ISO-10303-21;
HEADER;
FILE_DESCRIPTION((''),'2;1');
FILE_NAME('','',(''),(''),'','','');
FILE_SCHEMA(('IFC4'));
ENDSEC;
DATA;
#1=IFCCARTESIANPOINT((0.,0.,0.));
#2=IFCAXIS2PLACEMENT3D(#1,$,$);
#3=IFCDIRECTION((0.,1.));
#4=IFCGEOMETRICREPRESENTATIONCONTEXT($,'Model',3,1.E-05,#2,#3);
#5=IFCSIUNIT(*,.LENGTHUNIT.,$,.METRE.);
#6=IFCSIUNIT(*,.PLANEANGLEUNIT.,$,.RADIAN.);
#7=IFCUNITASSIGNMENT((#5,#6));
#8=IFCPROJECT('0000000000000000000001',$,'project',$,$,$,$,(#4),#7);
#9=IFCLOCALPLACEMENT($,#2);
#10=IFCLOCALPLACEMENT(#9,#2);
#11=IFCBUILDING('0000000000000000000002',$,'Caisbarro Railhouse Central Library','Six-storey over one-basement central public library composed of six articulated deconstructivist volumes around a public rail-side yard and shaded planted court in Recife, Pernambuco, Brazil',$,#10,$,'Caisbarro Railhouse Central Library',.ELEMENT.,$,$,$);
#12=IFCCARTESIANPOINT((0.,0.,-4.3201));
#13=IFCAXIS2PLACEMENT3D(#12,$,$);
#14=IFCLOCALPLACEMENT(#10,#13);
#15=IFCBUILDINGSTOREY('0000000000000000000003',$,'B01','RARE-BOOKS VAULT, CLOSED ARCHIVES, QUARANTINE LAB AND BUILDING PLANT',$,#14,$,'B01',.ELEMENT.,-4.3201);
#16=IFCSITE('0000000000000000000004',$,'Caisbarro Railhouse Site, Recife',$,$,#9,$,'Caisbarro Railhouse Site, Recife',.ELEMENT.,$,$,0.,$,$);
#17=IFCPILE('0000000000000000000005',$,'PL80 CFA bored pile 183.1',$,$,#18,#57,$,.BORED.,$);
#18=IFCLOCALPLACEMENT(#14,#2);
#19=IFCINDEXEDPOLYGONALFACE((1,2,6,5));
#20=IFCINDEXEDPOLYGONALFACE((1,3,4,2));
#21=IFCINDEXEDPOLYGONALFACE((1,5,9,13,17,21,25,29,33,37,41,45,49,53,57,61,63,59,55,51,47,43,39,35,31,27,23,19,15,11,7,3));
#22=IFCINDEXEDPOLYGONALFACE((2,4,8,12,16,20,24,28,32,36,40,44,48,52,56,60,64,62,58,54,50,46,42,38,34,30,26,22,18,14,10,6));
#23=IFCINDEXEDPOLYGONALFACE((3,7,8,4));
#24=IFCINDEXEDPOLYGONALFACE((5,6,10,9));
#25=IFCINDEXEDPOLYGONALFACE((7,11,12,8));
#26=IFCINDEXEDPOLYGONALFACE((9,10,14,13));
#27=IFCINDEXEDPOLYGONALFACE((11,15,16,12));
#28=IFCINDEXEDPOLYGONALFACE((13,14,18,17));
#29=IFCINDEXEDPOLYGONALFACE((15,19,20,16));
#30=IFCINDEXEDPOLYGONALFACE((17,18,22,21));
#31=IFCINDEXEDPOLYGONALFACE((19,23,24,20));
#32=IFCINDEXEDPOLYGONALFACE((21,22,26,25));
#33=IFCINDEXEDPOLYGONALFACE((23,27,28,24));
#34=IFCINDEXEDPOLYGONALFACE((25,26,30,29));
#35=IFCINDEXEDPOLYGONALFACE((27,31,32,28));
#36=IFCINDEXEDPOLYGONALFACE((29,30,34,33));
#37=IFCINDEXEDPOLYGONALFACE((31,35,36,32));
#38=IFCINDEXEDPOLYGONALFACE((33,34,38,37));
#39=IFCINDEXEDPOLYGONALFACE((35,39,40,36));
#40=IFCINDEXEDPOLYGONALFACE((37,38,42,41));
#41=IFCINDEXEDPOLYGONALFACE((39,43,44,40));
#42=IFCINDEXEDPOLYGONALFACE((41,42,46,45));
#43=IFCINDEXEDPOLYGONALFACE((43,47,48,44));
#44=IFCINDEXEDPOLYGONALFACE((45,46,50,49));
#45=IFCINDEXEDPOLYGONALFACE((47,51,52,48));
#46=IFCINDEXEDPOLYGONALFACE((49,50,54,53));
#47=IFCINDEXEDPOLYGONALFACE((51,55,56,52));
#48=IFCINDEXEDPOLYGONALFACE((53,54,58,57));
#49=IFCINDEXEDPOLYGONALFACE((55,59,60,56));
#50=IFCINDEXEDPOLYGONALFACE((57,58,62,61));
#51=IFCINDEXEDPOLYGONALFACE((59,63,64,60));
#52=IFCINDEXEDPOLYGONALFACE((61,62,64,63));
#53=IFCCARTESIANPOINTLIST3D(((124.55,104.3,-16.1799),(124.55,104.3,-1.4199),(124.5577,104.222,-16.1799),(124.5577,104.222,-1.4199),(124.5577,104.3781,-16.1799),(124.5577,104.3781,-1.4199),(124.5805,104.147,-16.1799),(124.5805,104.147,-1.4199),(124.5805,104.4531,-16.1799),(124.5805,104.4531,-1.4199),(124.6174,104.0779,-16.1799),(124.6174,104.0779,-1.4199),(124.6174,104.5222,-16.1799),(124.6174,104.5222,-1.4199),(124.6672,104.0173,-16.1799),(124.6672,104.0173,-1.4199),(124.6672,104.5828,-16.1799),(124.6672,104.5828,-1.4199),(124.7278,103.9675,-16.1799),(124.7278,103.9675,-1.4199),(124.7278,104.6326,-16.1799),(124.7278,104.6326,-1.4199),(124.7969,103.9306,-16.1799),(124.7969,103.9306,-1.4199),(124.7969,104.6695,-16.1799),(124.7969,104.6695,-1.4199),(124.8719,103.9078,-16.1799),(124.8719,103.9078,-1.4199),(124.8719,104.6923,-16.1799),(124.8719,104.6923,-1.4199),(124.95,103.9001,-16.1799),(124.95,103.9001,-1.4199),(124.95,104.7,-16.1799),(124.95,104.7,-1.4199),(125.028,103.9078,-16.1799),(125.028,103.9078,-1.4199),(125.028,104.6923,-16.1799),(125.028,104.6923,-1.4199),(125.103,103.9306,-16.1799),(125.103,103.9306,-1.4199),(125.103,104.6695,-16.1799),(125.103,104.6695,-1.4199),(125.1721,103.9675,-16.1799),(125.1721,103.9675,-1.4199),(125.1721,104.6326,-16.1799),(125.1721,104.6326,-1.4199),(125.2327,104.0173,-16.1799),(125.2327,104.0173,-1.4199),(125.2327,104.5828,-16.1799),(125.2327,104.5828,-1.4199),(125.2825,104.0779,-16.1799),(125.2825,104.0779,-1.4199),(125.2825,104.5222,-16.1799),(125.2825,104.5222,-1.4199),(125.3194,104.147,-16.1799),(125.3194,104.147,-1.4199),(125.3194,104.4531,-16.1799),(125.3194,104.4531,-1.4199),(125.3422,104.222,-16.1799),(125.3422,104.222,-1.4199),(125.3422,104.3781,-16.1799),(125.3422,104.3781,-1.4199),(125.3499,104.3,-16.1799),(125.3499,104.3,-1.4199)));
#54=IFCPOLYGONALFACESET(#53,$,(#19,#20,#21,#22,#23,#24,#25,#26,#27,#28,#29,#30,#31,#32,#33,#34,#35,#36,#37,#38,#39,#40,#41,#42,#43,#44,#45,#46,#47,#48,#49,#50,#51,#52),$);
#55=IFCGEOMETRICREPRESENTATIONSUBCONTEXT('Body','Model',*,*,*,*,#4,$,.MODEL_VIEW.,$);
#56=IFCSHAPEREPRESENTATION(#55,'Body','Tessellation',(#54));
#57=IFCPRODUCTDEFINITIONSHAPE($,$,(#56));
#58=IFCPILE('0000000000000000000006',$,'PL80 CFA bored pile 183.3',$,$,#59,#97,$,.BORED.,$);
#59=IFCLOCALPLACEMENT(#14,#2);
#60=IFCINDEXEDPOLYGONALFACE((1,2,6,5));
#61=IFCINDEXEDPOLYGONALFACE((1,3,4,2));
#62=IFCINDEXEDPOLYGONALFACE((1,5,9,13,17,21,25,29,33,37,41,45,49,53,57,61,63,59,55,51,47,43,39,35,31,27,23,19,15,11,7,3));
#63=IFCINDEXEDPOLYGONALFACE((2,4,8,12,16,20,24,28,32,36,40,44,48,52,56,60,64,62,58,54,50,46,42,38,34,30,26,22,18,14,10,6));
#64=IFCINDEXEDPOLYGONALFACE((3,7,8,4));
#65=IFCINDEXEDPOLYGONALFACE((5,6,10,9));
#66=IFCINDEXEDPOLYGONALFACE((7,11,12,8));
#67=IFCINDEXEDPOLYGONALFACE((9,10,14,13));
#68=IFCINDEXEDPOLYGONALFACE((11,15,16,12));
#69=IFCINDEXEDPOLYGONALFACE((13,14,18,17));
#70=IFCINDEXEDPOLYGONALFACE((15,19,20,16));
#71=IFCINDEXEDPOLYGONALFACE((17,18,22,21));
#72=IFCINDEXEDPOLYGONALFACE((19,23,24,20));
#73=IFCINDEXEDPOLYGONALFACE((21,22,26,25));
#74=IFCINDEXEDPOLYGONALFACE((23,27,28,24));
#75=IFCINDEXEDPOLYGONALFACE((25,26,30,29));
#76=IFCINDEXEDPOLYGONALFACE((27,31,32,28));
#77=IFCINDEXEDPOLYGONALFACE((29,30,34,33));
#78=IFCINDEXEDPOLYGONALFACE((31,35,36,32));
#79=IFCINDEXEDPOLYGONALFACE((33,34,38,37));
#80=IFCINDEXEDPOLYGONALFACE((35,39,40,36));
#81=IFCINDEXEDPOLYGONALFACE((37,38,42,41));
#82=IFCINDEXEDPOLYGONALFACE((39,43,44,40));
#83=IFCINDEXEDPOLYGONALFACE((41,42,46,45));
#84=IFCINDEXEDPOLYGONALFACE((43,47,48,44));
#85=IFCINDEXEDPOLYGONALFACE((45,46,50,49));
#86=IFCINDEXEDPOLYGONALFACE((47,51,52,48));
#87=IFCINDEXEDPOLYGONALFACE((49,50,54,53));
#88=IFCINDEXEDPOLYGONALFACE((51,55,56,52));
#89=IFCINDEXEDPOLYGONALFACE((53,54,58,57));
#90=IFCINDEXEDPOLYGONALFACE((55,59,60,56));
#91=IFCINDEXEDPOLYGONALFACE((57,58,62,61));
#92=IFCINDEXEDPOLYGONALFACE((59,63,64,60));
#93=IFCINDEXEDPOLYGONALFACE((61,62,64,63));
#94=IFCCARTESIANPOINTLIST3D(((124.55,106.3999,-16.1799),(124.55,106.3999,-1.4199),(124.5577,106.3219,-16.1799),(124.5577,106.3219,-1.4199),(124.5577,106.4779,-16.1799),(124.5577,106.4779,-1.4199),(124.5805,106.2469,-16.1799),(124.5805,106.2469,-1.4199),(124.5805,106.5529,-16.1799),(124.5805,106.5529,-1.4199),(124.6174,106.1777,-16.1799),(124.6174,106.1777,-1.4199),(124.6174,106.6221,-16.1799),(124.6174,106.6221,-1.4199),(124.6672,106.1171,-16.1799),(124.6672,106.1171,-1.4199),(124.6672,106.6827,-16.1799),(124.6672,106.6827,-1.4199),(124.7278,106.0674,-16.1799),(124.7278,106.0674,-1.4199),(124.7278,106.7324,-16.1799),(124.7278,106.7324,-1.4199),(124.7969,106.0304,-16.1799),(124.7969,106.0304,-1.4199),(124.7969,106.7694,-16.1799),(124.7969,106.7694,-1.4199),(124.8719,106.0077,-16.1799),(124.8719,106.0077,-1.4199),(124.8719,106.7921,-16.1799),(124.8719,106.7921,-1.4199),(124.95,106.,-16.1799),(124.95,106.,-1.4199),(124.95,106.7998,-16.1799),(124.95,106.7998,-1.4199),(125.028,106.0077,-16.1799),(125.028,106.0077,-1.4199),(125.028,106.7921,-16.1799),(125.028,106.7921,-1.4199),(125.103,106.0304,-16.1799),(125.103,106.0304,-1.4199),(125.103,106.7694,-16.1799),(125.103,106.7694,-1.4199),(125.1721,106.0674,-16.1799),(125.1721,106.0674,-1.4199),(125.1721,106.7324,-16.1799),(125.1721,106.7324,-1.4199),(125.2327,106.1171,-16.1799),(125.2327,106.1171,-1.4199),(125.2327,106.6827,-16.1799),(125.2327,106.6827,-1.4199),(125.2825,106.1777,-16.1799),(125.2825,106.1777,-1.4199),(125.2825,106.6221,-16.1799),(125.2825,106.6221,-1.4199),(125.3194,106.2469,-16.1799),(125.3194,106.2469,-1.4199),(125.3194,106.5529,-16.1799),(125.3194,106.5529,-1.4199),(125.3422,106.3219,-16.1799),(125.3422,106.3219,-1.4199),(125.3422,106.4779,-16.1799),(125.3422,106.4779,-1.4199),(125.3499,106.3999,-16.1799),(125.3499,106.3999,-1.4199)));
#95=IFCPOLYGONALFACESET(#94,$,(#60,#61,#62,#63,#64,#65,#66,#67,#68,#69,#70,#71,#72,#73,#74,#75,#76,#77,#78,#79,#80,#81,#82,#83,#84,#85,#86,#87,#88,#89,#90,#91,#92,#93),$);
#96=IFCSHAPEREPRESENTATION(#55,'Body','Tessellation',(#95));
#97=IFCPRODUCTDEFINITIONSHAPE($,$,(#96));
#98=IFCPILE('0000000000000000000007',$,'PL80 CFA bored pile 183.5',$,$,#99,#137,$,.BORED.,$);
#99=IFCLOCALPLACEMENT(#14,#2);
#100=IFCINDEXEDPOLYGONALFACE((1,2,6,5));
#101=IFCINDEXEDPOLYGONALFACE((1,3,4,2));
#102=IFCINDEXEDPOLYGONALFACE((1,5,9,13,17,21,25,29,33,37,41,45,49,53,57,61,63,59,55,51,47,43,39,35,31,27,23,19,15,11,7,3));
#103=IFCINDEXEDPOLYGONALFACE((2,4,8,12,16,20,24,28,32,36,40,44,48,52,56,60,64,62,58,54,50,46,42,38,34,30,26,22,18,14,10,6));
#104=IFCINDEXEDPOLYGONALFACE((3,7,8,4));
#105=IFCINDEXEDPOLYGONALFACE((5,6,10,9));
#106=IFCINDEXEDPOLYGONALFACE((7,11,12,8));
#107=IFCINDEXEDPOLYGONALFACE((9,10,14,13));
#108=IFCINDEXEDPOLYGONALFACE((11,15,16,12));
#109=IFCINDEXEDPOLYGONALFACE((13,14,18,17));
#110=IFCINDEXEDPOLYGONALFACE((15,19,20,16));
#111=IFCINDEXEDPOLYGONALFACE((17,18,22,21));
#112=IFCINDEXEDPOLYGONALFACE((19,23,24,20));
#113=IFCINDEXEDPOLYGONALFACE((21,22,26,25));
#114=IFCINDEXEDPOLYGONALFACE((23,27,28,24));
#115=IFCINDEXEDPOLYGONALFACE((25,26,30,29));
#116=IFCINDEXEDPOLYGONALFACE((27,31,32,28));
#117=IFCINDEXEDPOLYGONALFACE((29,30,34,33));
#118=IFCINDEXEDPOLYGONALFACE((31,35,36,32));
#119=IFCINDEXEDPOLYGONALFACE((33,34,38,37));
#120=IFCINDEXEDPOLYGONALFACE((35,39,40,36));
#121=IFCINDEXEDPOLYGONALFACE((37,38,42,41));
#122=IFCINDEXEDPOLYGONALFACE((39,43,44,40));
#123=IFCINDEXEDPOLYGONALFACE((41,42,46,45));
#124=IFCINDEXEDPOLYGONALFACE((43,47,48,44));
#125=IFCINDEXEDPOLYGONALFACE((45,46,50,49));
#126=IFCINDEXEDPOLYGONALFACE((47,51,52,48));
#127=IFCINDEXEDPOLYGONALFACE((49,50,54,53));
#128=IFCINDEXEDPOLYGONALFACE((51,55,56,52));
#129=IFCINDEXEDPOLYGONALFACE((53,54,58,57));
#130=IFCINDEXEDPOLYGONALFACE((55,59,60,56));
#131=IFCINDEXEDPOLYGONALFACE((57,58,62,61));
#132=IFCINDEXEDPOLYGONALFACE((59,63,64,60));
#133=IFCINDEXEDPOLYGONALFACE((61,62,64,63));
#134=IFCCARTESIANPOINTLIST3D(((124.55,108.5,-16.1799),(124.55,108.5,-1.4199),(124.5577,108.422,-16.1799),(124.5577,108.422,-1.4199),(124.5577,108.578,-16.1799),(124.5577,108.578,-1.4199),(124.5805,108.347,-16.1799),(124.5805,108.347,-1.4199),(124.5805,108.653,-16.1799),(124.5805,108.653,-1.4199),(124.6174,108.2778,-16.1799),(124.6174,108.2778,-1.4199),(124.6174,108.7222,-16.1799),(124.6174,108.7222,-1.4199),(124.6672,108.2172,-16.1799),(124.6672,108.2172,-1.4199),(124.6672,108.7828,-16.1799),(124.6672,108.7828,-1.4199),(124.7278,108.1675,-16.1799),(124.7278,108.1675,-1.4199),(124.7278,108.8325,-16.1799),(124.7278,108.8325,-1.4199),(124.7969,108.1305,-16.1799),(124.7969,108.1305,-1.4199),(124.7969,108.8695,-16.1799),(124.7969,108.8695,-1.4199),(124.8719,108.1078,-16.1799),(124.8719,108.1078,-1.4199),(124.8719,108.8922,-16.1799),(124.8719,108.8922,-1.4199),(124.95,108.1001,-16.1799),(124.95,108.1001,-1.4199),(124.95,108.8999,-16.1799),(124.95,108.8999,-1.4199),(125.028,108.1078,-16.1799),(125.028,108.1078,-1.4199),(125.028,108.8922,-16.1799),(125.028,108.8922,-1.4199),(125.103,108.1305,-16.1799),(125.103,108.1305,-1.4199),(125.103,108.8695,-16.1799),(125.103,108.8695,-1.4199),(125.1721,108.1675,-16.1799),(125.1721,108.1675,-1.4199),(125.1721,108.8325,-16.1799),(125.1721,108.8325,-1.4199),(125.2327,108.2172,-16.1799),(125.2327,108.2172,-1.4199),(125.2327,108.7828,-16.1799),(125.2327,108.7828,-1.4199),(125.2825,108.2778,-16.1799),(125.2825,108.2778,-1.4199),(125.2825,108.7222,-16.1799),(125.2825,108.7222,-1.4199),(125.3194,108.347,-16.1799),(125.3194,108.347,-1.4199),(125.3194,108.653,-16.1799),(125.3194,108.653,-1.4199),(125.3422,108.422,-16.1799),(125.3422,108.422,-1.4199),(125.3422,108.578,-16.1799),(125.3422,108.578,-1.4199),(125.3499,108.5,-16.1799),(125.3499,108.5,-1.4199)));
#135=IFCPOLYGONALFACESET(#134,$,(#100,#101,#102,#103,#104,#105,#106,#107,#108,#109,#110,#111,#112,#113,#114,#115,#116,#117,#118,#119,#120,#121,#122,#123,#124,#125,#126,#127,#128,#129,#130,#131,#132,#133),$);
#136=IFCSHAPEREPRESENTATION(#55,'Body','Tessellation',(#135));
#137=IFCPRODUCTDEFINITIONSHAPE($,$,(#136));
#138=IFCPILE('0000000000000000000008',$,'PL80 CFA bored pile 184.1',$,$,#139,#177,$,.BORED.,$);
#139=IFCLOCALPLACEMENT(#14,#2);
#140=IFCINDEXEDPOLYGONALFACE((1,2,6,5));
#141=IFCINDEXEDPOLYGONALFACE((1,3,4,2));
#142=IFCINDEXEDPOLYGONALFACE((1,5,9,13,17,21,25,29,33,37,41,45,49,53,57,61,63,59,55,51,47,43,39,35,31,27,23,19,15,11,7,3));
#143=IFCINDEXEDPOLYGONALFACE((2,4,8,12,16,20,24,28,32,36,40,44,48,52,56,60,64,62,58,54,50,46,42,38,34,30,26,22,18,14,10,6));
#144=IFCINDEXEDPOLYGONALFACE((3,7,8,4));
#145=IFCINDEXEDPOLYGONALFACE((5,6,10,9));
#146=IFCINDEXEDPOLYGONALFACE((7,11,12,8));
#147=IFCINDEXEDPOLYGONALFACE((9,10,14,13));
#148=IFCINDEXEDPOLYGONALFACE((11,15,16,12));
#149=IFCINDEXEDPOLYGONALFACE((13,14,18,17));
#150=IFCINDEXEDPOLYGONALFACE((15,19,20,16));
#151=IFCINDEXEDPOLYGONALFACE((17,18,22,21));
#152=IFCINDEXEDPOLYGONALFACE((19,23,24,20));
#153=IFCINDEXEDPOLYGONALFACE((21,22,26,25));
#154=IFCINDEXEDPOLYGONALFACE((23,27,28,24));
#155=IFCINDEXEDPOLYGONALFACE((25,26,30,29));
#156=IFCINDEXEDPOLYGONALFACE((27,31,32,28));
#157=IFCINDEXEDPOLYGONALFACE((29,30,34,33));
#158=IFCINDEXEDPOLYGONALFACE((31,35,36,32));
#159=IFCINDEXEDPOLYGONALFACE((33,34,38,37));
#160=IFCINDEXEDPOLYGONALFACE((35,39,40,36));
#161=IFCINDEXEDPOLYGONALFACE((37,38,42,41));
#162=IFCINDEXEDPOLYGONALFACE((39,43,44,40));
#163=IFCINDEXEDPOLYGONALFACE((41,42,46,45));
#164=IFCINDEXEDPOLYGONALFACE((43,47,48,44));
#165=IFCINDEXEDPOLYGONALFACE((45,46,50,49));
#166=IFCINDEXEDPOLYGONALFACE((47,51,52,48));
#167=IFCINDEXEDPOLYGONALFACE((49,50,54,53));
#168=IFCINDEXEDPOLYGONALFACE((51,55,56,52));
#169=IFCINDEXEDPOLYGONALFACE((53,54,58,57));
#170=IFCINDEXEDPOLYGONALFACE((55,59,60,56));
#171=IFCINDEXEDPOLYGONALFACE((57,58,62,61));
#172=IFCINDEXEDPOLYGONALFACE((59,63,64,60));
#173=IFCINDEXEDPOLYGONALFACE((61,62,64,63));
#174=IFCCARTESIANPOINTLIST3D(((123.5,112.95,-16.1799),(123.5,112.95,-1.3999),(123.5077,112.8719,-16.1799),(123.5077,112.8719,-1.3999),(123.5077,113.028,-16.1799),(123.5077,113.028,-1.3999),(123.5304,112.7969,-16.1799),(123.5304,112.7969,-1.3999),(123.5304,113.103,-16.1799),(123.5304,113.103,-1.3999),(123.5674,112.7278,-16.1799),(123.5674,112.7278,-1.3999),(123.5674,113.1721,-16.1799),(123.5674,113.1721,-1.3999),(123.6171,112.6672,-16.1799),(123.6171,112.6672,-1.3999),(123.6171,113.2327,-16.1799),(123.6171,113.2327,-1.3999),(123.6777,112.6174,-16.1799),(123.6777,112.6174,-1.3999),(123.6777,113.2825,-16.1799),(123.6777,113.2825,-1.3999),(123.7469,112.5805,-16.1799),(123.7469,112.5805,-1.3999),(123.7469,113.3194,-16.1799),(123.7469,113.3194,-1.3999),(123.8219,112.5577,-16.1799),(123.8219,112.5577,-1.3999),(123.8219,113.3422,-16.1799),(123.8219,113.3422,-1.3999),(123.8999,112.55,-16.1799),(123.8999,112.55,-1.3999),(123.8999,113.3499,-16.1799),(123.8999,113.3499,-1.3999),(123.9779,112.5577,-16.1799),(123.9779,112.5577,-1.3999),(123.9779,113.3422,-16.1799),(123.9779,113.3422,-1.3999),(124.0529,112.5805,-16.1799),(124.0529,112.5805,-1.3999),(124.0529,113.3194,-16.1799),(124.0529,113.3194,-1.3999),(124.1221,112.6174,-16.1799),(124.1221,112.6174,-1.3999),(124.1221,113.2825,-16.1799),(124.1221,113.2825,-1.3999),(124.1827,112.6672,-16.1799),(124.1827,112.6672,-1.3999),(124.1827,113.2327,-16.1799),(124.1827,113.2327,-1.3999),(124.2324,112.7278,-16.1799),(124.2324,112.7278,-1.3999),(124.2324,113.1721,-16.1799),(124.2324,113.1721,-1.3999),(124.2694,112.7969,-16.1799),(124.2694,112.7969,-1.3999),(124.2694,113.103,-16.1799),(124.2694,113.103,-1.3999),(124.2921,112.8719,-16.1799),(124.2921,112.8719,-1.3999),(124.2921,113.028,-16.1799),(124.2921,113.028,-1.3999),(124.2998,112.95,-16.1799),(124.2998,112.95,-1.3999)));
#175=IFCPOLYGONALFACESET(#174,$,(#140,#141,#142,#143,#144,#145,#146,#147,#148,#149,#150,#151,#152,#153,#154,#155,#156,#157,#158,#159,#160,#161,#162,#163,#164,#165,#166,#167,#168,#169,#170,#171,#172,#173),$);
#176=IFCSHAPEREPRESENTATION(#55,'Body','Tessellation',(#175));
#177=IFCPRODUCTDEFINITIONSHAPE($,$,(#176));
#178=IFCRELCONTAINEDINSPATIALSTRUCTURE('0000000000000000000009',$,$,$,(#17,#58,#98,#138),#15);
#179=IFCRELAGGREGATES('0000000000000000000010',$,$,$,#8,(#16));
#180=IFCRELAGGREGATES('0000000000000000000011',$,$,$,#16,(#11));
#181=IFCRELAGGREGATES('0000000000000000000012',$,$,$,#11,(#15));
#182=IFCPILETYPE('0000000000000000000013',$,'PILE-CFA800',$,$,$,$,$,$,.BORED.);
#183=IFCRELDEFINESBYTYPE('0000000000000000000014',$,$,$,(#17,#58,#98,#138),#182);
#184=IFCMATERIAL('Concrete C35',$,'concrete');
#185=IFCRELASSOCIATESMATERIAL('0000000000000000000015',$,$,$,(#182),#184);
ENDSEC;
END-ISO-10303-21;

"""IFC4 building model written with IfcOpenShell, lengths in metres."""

from ifc_helpers import new_model, si_unit, direction, frame, origin, origin_2d, place, context, subcontext, project, spatial, circle, extrude, material, material_profile, profile_set, type_object, element, save


model = new_model("IFC4")

# Units and contexts
model_context = context("Model", 3, precision=1e-05, world=origin(), true_north=direction((0.0, 1.0)))
body_context = subcontext(model_context, "Body", "Model", "MODEL_VIEW")
ifc_project = project(units=[si_unit("LENGTHUNIT", "METRE"), si_unit("PLANEANGLEUNIT", "RADIAN")], contexts=[model_context])

# Site, building, storey
site_placement = place(None, origin())
site = spatial("IfcSite", under=ifc_project, at=site_placement, Name="Caisbarro Railhouse Site, Recife", LongName="Caisbarro Railhouse Site, Recife", CompositionType="ELEMENT", RefElevation=0.0)
building_placement = place(site_placement, origin())
building = spatial("IfcBuilding", under=site, at=building_placement, Name="Caisbarro Railhouse Central Library", Description="Six-storey over one-basement central public library composed of six articulated deconstructivist volumes around a public rail-side yard and shaded planted court in Recife, Pernambuco, Brazil", LongName="Caisbarro Railhouse Central Library", CompositionType="ELEMENT")
storey_placement = place(building_placement, frame((0.0, 0.0, -4.3201)))
storey = spatial("IfcBuildingStorey", under=building, at=storey_placement, Name="B01", Description="RARE-BOOKS VAULT, CLOSED ARCHIVES, QUARANTINE LAB AND BUILDING PLANT", LongName="B01", CompositionType="ELEMENT", Elevation=-4.3201)

# Shared definitions
ifc_material_1 = material(Name="Concrete C35", Category="concrete")

# Piles
ifc_material_profile_1 = material_profile(ifc_material_1, circle(Radius=0.3999, at=origin_2d()), Name="PILE-CFA-800")
ifc_profile_set_1 = profile_set([ifc_material_profile_1], Name="Concrete C35")
pile_type_1 = type_object("IfcPileType", Name="PILE-CFA800", PredefinedType="BORED", material=ifc_profile_set_1)
for number, where, z_axis, x_axis, name in (
    (1, (124.95, 104.3, -1.4199), (0.0, 0.0, -1.0), (1.0, 0.0, 0.0), "PL80 CFA bored pile 183.1"),
    (2, (124.95, 106.3999, -1.4199), (0.0, 0.0, -1.0), (1.0, 0.0, 0.0), "PL80 CFA bored pile 183.3"),
    (3, (124.95, 108.5, -1.4199), (0.0, 0.0, -1.0), (1.0, 0.0, 0.0), "PL80 CFA bored pile 183.5"),
):
    element("IfcPile", number, at=place(storey_placement, frame(where, z_axis=z_axis, x_axis=x_axis)), inside=storey, type_object=pile_type_1, Name=name, PredefinedType="BORED", context=body_context, shape_type="SweptSolid", body=[
        extrude(circle(Radius=0.3999, at=origin_2d()), origin(), (0.0, 0.0, 1.0), 14.76),
    ])
for number, where, z_axis, x_axis, name in (
    (4, (123.8999, 112.95, -1.3999), (0.0, 0.0, -1.0), (1.0, 0.0, 0.0), "PL80 CFA bored pile 184.1"),
):
    element("IfcPile", number, at=place(storey_placement, frame(where, z_axis=z_axis, x_axis=x_axis)), inside=storey, type_object=pile_type_1, Name=name, PredefinedType="BORED", context=body_context, shape_type="SweptSolid", body=[
        extrude(circle(Radius=0.3999, at=origin_2d()), origin(), (0.0, 0.0, 1.0), 14.78),
    ])

save(model, "model.ifc")
